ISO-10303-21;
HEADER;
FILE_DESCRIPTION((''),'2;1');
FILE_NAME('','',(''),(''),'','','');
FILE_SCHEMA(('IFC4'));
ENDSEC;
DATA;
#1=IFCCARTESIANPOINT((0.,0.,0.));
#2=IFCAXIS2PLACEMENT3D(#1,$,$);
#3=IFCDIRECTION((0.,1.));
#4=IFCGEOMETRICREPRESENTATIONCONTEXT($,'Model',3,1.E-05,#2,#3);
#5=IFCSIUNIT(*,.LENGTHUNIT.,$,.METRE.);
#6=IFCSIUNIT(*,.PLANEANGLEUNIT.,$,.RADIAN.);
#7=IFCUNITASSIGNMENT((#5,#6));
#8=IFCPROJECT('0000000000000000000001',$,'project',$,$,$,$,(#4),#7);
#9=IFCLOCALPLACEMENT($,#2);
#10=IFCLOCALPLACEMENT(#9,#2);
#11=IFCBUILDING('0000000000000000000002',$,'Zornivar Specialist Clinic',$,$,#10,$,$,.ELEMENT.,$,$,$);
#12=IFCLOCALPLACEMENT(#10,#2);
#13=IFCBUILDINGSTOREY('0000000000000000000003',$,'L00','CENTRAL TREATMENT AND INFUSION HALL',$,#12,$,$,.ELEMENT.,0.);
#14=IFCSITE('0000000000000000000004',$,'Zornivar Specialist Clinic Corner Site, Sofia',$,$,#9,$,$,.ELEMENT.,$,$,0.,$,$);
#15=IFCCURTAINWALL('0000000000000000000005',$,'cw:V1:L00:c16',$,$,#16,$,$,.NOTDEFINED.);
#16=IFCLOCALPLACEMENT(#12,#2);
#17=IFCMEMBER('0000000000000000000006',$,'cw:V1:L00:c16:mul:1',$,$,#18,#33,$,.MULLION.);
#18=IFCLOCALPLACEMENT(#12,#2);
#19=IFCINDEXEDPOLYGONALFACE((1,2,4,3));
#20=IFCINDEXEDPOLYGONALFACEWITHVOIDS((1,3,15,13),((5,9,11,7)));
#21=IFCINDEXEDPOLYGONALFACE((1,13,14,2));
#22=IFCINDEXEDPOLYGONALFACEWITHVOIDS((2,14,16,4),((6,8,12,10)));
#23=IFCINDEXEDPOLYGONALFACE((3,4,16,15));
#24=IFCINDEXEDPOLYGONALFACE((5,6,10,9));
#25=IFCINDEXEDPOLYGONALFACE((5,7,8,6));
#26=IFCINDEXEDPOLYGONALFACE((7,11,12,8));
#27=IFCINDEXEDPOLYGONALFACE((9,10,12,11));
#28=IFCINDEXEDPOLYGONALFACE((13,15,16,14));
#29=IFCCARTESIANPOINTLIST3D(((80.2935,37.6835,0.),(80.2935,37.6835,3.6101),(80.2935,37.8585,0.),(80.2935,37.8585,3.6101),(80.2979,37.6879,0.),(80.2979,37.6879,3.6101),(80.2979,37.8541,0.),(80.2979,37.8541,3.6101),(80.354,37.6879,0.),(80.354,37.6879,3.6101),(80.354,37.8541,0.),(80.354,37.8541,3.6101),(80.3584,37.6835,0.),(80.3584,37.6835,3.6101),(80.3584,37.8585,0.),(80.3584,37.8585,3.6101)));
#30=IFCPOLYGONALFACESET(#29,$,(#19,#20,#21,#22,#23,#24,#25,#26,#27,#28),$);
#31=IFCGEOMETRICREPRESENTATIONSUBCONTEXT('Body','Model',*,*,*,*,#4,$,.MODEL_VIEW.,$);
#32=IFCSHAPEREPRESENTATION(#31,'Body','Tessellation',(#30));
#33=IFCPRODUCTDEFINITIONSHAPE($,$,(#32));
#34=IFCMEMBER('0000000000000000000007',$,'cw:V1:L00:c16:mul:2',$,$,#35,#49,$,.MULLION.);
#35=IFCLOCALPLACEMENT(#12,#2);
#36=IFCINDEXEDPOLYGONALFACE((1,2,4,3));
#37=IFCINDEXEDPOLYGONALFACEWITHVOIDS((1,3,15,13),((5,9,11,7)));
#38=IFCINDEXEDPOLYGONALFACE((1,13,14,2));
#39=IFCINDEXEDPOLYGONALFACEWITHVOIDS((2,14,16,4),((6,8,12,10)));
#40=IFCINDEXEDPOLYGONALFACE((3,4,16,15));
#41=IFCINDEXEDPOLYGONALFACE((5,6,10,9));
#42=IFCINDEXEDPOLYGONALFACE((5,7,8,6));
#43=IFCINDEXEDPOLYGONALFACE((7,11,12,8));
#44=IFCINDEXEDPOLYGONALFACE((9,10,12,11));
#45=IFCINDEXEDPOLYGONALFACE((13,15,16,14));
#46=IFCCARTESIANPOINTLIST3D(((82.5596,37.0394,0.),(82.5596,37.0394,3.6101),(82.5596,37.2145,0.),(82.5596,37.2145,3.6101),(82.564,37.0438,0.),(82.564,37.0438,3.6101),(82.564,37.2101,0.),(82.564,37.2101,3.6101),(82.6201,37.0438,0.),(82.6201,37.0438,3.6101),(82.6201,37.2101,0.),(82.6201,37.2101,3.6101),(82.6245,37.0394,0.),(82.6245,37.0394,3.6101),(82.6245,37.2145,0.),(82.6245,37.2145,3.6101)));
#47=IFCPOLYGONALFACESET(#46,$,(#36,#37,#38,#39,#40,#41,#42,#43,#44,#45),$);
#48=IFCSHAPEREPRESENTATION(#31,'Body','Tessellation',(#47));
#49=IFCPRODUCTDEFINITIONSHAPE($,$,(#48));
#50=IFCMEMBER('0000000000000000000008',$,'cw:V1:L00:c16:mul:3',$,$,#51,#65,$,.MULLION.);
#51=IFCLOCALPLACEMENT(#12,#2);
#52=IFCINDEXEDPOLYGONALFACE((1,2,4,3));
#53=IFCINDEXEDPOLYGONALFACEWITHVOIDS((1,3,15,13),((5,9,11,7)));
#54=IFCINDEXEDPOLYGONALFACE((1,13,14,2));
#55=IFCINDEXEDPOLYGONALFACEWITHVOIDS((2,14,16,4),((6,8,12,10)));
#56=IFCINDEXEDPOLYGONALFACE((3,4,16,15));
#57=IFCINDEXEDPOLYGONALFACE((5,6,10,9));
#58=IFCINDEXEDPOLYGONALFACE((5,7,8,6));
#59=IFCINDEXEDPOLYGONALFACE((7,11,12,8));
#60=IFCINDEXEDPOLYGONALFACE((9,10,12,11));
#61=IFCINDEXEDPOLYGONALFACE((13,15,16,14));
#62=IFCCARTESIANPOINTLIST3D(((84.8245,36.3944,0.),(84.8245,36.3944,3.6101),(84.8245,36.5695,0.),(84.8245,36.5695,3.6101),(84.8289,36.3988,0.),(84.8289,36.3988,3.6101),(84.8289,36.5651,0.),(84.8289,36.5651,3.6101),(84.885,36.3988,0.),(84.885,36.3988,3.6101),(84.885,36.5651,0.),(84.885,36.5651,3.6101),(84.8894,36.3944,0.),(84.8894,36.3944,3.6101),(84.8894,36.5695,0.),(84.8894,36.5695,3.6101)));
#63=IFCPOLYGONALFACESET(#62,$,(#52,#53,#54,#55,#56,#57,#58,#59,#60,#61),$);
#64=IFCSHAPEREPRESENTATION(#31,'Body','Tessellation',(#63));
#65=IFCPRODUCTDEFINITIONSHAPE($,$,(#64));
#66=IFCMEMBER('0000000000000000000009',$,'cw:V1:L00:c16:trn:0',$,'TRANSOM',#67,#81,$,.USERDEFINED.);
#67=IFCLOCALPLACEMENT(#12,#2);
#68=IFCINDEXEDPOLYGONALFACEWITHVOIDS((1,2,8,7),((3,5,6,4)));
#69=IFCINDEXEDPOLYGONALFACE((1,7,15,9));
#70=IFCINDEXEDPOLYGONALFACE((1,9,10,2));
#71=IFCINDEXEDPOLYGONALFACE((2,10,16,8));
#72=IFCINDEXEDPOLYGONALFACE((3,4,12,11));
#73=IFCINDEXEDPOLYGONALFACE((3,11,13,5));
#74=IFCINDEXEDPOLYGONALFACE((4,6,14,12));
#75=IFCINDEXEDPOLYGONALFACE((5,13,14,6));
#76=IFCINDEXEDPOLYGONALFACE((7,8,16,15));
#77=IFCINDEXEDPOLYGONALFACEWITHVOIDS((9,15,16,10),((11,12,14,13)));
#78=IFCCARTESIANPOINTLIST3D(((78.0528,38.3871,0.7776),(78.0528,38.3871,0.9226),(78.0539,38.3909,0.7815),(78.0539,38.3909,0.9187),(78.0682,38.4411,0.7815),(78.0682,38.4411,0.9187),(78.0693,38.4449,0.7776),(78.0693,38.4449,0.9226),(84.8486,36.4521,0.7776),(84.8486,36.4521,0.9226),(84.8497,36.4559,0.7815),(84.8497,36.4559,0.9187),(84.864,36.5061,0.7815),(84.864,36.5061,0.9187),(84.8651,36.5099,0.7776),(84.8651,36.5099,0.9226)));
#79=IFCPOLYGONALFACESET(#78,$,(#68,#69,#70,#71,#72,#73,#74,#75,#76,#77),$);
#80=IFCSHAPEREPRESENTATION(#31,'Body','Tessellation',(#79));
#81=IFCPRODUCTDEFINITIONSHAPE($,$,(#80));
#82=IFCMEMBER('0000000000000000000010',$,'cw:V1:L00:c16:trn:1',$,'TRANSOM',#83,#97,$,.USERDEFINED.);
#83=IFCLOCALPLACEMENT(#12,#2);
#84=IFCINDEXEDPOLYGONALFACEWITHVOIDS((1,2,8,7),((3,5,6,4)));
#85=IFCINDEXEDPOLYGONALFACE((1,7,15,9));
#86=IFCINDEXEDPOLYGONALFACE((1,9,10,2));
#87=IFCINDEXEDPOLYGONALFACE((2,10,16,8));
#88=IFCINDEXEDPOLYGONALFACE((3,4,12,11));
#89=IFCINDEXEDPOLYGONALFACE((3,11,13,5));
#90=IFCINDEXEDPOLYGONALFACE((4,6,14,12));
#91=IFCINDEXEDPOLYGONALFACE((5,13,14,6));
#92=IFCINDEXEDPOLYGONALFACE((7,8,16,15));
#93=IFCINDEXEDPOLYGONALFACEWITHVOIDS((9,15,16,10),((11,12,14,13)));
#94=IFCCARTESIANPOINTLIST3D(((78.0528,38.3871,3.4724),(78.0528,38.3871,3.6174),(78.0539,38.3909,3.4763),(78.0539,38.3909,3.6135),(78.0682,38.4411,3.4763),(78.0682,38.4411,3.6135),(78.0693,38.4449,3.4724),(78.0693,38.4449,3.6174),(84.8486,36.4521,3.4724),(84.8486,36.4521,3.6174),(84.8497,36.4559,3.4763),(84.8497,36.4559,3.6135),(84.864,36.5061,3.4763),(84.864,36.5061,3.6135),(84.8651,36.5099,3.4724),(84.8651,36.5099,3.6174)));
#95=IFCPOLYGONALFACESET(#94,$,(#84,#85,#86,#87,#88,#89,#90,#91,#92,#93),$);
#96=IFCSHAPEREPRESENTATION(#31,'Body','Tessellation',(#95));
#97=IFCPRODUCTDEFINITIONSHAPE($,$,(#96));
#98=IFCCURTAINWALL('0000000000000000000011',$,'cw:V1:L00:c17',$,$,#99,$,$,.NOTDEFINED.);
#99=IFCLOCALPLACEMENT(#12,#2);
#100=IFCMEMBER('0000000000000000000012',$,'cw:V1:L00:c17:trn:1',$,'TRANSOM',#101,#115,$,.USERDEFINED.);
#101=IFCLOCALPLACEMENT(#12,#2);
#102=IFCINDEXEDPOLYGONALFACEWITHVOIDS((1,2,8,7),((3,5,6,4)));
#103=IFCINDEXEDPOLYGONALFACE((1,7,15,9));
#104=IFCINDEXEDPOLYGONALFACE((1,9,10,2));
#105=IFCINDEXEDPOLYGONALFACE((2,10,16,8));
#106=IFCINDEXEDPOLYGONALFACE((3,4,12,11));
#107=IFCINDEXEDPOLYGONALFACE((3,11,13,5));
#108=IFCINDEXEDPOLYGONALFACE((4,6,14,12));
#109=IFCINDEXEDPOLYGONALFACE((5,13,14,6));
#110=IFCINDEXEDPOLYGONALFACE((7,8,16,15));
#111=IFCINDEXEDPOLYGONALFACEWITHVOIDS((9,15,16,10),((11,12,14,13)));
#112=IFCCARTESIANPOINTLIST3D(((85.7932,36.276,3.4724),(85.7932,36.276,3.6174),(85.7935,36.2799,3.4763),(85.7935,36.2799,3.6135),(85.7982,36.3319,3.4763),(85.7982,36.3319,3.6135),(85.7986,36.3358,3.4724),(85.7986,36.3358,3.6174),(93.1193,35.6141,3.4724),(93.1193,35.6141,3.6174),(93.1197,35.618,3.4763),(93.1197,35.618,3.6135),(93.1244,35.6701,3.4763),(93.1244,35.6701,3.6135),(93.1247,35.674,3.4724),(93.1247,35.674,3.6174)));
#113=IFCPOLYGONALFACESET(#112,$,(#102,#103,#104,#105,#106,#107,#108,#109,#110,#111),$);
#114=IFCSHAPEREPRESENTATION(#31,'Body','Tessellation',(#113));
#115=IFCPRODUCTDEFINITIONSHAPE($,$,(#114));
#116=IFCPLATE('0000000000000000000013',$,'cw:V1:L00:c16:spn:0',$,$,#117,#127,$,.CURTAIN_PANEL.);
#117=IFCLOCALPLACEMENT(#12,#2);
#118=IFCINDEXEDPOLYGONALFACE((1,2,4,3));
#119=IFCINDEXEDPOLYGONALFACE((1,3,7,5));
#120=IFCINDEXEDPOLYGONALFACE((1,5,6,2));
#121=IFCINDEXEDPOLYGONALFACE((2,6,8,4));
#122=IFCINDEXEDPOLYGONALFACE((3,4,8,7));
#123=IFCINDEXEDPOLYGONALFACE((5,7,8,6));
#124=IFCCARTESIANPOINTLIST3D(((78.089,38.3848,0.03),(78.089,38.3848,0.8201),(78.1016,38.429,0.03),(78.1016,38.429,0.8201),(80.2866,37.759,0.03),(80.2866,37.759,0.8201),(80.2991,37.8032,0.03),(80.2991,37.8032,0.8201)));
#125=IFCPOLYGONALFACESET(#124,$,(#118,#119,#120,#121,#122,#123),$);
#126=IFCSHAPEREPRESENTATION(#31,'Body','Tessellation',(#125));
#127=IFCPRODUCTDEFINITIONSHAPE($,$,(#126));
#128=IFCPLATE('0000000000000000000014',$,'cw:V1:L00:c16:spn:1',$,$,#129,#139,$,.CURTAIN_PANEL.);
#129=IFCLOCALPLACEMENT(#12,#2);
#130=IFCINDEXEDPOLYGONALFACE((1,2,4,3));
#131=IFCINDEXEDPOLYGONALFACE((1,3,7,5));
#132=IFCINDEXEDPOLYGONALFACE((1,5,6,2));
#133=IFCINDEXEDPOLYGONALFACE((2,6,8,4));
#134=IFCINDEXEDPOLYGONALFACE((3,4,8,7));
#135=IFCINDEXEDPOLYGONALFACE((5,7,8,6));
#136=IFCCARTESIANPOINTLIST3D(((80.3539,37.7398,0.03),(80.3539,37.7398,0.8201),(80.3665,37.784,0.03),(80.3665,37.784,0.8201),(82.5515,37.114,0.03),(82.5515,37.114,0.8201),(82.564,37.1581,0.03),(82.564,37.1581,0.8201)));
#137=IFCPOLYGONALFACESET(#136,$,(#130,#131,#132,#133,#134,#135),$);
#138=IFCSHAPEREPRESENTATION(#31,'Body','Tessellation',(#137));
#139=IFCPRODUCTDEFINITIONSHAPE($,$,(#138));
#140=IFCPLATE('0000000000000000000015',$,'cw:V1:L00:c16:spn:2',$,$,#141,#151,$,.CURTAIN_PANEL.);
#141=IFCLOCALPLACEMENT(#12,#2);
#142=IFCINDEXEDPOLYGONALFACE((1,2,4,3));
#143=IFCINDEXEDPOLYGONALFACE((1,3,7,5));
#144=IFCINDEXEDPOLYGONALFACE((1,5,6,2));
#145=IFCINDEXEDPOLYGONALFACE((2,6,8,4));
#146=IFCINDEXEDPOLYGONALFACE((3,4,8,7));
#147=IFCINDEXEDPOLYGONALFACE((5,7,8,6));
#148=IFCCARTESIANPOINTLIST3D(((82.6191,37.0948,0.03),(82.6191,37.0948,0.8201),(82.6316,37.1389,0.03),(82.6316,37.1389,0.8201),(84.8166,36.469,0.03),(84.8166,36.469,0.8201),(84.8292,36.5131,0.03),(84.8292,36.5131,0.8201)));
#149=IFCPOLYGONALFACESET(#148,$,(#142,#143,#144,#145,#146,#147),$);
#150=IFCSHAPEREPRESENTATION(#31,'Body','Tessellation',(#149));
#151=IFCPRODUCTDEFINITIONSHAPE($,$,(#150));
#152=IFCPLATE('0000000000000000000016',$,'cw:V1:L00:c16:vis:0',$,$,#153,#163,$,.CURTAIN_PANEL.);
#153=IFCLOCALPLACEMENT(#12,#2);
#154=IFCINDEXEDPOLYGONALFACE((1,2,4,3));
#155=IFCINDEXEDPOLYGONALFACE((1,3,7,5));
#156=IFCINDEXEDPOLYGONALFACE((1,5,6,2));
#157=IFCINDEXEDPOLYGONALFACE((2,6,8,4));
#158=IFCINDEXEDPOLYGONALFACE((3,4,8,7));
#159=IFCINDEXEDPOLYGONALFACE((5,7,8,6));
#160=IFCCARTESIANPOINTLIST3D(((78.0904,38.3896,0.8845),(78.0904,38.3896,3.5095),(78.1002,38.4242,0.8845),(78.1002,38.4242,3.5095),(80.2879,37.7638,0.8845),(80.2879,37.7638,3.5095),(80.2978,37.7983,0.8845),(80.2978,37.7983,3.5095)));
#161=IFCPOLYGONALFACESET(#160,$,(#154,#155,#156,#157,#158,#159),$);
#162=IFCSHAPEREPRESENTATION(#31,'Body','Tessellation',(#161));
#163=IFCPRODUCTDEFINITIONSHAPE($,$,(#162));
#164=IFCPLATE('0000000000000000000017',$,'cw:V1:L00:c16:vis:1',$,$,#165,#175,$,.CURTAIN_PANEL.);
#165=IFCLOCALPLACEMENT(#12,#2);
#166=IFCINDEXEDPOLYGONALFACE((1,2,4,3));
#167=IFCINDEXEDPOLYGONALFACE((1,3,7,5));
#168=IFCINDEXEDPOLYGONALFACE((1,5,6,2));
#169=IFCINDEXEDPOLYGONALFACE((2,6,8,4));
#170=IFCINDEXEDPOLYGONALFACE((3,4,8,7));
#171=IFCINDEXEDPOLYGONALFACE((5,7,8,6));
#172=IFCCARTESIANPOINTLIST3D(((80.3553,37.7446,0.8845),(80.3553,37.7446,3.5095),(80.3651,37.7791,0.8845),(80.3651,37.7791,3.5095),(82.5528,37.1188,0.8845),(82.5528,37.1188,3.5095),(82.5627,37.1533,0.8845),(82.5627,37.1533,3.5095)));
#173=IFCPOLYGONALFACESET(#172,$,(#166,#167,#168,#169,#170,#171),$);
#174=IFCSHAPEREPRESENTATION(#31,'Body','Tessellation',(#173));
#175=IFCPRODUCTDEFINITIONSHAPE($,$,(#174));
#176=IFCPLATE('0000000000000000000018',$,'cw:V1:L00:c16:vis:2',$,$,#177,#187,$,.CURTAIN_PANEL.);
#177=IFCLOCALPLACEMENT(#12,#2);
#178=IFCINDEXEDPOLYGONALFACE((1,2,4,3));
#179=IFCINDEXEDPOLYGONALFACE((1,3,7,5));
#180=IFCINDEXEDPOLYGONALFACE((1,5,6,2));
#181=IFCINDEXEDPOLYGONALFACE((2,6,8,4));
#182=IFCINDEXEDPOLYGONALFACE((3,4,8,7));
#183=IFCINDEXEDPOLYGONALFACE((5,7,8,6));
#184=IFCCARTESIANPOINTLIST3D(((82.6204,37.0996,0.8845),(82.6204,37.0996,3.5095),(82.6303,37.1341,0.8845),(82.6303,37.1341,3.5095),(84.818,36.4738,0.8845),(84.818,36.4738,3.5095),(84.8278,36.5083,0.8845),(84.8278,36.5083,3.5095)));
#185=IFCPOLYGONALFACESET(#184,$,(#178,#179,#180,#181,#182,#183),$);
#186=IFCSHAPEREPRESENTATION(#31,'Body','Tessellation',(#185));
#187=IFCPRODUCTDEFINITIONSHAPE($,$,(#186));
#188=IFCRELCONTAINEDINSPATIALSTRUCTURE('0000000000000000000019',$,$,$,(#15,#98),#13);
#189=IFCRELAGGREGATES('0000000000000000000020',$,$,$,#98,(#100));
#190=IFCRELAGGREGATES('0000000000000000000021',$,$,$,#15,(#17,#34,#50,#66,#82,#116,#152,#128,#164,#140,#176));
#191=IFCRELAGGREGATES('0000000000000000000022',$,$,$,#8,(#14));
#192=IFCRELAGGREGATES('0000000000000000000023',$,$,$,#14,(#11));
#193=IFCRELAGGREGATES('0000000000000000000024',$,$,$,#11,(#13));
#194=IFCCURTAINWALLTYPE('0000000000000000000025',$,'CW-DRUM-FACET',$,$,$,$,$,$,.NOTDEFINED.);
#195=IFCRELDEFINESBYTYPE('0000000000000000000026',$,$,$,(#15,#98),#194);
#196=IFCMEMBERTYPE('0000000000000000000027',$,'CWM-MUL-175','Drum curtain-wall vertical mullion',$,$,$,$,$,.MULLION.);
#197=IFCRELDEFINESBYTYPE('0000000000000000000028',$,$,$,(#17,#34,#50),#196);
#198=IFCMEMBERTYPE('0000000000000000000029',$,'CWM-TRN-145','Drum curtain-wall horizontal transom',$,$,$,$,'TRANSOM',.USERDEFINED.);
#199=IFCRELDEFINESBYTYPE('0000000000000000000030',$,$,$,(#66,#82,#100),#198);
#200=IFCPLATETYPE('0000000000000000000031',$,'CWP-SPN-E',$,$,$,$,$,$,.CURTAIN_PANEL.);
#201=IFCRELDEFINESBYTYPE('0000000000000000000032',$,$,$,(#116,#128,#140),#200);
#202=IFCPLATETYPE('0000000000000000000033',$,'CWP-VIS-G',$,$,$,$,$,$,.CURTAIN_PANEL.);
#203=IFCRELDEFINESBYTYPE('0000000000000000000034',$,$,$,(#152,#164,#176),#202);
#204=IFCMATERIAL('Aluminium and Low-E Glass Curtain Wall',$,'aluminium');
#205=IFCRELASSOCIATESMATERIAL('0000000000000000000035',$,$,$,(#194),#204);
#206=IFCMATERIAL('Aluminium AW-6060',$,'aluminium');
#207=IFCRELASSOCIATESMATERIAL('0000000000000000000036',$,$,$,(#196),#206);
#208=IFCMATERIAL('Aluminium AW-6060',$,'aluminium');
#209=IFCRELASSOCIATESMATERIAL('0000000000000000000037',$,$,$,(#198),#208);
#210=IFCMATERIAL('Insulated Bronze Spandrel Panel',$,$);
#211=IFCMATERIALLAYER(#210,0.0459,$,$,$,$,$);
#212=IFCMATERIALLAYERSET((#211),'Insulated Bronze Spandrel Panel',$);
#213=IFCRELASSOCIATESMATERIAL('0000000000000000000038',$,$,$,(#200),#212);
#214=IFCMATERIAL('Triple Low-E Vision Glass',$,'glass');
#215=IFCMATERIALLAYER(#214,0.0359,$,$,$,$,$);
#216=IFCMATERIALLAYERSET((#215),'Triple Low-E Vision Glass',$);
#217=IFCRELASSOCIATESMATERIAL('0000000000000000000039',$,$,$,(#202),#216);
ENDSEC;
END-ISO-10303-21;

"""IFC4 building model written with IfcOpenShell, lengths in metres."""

from ifc_helpers import new_model, si_unit, direction, frame, origin, origin_2d, place, context, subcontext, project, spatial, rectangle, hollow_rectangle, extrude, material, layer, layer_set, material_profile, profile_set, type_object, element, aggregate, save


model = new_model("IFC4")

# Units and contexts
model_context = context("Model", 3, precision=1e-05, world=origin(), true_north=direction((0.0, 1.0)))
body_context = subcontext(model_context, "Body", "Model", "MODEL_VIEW")
ifc_project = project(units=[si_unit("LENGTHUNIT", "METRE"), si_unit("PLANEANGLEUNIT", "RADIAN")], contexts=[model_context])

# Site, building, storey
site_placement = place(None, origin())
site = spatial("IfcSite", under=ifc_project, at=site_placement, Name="Zornivar Specialist Clinic Corner Site, Sofia", CompositionType="ELEMENT", RefElevation=0.0)
building_placement = place(site_placement, origin())
building = spatial("IfcBuilding", under=site, at=building_placement, Name="Zornivar Specialist Clinic", CompositionType="ELEMENT")
storey_placement = place(building_placement, origin())
storey = spatial("IfcBuildingStorey", under=building, at=storey_placement, Name="L00", Description="CENTRAL TREATMENT AND INFUSION HALL", CompositionType="ELEMENT", Elevation=0.0)

# Curtain wall, members
ifc_material_1 = material(Name="Aluminium and Low-E Glass Curtain Wall", Category="aluminium")
curtain_wall_type = type_object("IfcCurtainWallType", Name="CW-DRUM-FACET", PredefinedType="NOTDEFINED", material=ifc_material_1)
curtain_wall_1_placement = place(storey_placement, origin())
curtain_wall_1 = element("IfcCurtainWall", 1, at=curtain_wall_1_placement, inside=storey, type_object=curtain_wall_type, Name="cw:V1:L00:c16", PredefinedType="NOTDEFINED")
ifc_material_2 = material(Name="Aluminium AW-6060", Category="aluminium")
ifc_material_profile_1 = material_profile(ifc_material_2, hollow_rectangle(XDim=0.0649, YDim=0.175, WallThickness=0.0044, at=origin_2d()), Name="ALU 65x175x4.5")
ifc_profile_set_1 = profile_set([ifc_material_profile_1], Name="Aluminium AW-6060")
member_type_1 = type_object("IfcMemberType", Name="CWM-MUL-175", Description="Drum curtain-wall vertical mullion", PredefinedType="MULLION", material=ifc_profile_set_1)
member_1_placement = place(storey_placement, frame((80.3259, 37.771, 0.0), z_axis=(0.0, 0.0, 1.0), x_axis=(1.0, 0.0, 0.0)))
member_1 = element("IfcMember", 2, at=member_1_placement, type_object=member_type_1, Name="cw:V1:L00:c16:mul:1", PredefinedType="MULLION", context=body_context, shape_type="SweptSolid", body=[
    extrude(hollow_rectangle(XDim=0.0649, YDim=0.175, WallThickness=0.0044, at=origin_2d()), origin(), (0.0, 0.0, 1.0), 3.6101),
])
member_2_placement = place(storey_placement, frame((82.592, 37.127, 0.0), z_axis=(0.0, 0.0, 1.0), x_axis=(1.0, 0.0, 0.0)))
member_2 = element("IfcMember", 3, at=member_2_placement, type_object=member_type_1, Name="cw:V1:L00:c16:mul:2", PredefinedType="MULLION", context=body_context, shape_type="SweptSolid", body=[
    extrude(hollow_rectangle(XDim=0.0649, YDim=0.175, WallThickness=0.0044, at=origin_2d()), origin(), (0.0, 0.0, 1.0), 3.6101),
])
member_3_placement = place(storey_placement, frame((84.8569, 36.4819, 0.0), z_axis=(0.0, 0.0, 1.0), x_axis=(1.0, 0.0, 0.0)))
member_3 = element("IfcMember", 4, at=member_3_placement, type_object=member_type_1, Name="cw:V1:L00:c16:mul:3", PredefinedType="MULLION", context=body_context, shape_type="SweptSolid", body=[
    extrude(hollow_rectangle(XDim=0.0649, YDim=0.175, WallThickness=0.0044, at=origin_2d()), origin(), (0.0, 0.0, 1.0), 3.6101),
])
ifc_material_3 = material(Name="Aluminium AW-6060", Category="aluminium")
ifc_material_profile_2 = material_profile(ifc_material_3, hollow_rectangle(XDim=0.0601, YDim=0.145, WallThickness=0.0039, at=origin_2d()), Name="ALU 60x145x4")
ifc_profile_set_2 = profile_set([ifc_material_profile_2], Name="Aluminium AW-6060")
member_type_2 = type_object("IfcMemberType", Name="CWM-TRN-145", Description="Drum curtain-wall horizontal transom", ElementType="TRANSOM", PredefinedType="USERDEFINED", material=ifc_profile_set_2)
member_4_placement = place(storey_placement, frame((78.061, 38.416, 0.8501), z_axis=(0.961771, -0.273854, 0.0), x_axis=(0.273854, 0.961771, 0.0)))
member_4 = element("IfcMember", 5, at=member_4_placement, type_object=member_type_2, Name="cw:V1:L00:c16:trn:0", ObjectType="TRANSOM", PredefinedType="USERDEFINED", context=body_context, shape_type="SweptSolid", body=[
    extrude(hollow_rectangle(XDim=0.0601, YDim=0.145, WallThickness=0.0039, at=origin_2d()), origin(), (0.0, 0.0, 1.0), 7.0659),
])
member_5_placement = place(storey_placement, frame((78.061, 38.416, 3.5449), z_axis=(0.961771, -0.273854, 0.0), x_axis=(0.273854, 0.961771, 0.0)))
member_5 = element("IfcMember", 6, at=member_5_placement, type_object=member_type_2, Name="cw:V1:L00:c16:trn:1", ObjectType="TRANSOM", PredefinedType="USERDEFINED", context=body_context, shape_type="SweptSolid", body=[
    extrude(hollow_rectangle(XDim=0.0601, YDim=0.145, WallThickness=0.0039, at=origin_2d()), origin(), (0.0, 0.0, 1.0), 7.0659),
])

# Curtain wall, member
curtain_wall_2_placement = place(storey_placement, origin())
curtain_wall_2 = element("IfcCurtainWall", 7, at=curtain_wall_2_placement, inside=storey, type_object=curtain_wall_type, Name="cw:V1:L00:c17", PredefinedType="NOTDEFINED")
member_6_placement = place(storey_placement, frame((85.7959, 36.3059, 3.5449), z_axis=(0.995944, -0.089976, 0.0), x_axis=(0.089976, 0.995944, 0.0)))
member_6 = element("IfcMember", 8, at=member_6_placement, type_object=member_type_2, Name="cw:V1:L00:c17:trn:1", ObjectType="TRANSOM", PredefinedType="USERDEFINED", context=body_context, shape_type="SweptSolid", body=[
    extrude(hollow_rectangle(XDim=0.0601, YDim=0.145, WallThickness=0.0039, at=origin_2d()), origin(), (0.0, 0.0, 1.0), 7.356),
])
aggregate(curtain_wall_2, [member_6])

# Plates
ifc_material_4 = material(Name="Insulated Bronze Spandrel Panel")
ifc_layer_1 = layer(ifc_material_4, 0.0459)
ifc_layer_set_1 = layer_set([ifc_layer_1], Name="Insulated Bronze Spandrel Panel")
plate_type_1 = type_object("IfcPlateType", Name="CWP-SPN-E", PredefinedType="CURTAIN_PANEL", material=ifc_layer_set_1)
plate_1_placement = place(storey_placement, frame((79.1941, 38.094, 0.03), z_axis=(0.0, 0.0, 1.0), x_axis=(0.961761, -0.273889, 0.0)))
plate_1 = element("IfcPlate", 9, at=plate_1_placement, type_object=plate_type_1, Name="cw:V1:L00:c16:spn:0", PredefinedType="CURTAIN_PANEL", context=body_context, shape_type="SweptSolid", body=[
    extrude(rectangle(XDim=2.2849, YDim=0.0459, at=origin_2d()), origin(), (0.0, 0.0, 1.0), 0.79),
])
plate_2_placement = place(storey_placement, frame((81.459, 37.449, 0.03), z_axis=(0.0, 0.0, 1.0), x_axis=(0.961761, -0.273889, 0.0)))
plate_2 = element("IfcPlate", 10, at=plate_2_placement, type_object=plate_type_1, Name="cw:V1:L00:c16:spn:1", PredefinedType="CURTAIN_PANEL", context=body_context, shape_type="SweptSolid", body=[
    extrude(rectangle(XDim=2.2849, YDim=0.0459, at=origin_2d()), origin(), (0.0, 0.0, 1.0), 0.79),
])
plate_3_placement = place(storey_placement, frame((83.7241, 36.804, 0.03), z_axis=(0.0, 0.0, 1.0), x_axis=(0.961761, -0.273889, 0.0)))
plate_3 = element("IfcPlate", 11, at=plate_3_placement, type_object=plate_type_1, Name="cw:V1:L00:c16:spn:2", PredefinedType="CURTAIN_PANEL", context=body_context, shape_type="SweptSolid", body=[
    extrude(rectangle(XDim=2.2849, YDim=0.0459, at=origin_2d()), origin(), (0.0, 0.0, 1.0), 0.79),
])
ifc_material_5 = material(Name="Triple Low-E Vision Glass", Category="glass")
ifc_layer_2 = layer(ifc_material_5, 0.0359)
ifc_layer_set_2 = layer_set([ifc_layer_2], Name="Triple Low-E Vision Glass")
plate_type_2 = type_object("IfcPlateType", Name="CWP-VIS-G", PredefinedType="CURTAIN_PANEL", material=ifc_layer_set_2)
plate_4_placement = place(storey_placement, frame((79.1941, 38.094, 0.8845), z_axis=(0.0, 0.0, 1.0), x_axis=(0.961761, -0.273889, 0.0)))
plate_4 = element("IfcPlate", 12, at=plate_4_placement, type_object=plate_type_2, Name="cw:V1:L00:c16:vis:0", PredefinedType="CURTAIN_PANEL", context=body_context, shape_type="SweptSolid", body=[
    extrude(rectangle(XDim=2.2849, YDim=0.0359, at=origin_2d()), origin(), (0.0, 0.0, 1.0), 2.625),
])
plate_5_placement = place(storey_placement, frame((81.459, 37.449, 0.8845), z_axis=(0.0, 0.0, 1.0), x_axis=(0.961761, -0.273889, 0.0)))
plate_5 = element("IfcPlate", 13, at=plate_5_placement, type_object=plate_type_2, Name="cw:V1:L00:c16:vis:1", PredefinedType="CURTAIN_PANEL", context=body_context, shape_type="SweptSolid", body=[
    extrude(rectangle(XDim=2.2849, YDim=0.0359, at=origin_2d()), origin(), (0.0, 0.0, 1.0), 2.625),
])
plate_6_placement = place(storey_placement, frame((83.7241, 36.804, 0.8845), z_axis=(0.0, 0.0, 1.0), x_axis=(0.961761, -0.273889, 0.0)))
plate_6 = element("IfcPlate", 14, at=plate_6_placement, type_object=plate_type_2, Name="cw:V1:L00:c16:vis:2", PredefinedType="CURTAIN_PANEL", context=body_context, shape_type="SweptSolid", body=[
    extrude(rectangle(XDim=2.2849, YDim=0.0359, at=origin_2d()), origin(), (0.0, 0.0, 1.0), 2.625),
])
aggregate(curtain_wall_1, [member_1, member_2, member_3, member_4, member_5, plate_1, plate_4, plate_2, plate_5, plate_3, plate_6])

save(model, "model.ifc")
